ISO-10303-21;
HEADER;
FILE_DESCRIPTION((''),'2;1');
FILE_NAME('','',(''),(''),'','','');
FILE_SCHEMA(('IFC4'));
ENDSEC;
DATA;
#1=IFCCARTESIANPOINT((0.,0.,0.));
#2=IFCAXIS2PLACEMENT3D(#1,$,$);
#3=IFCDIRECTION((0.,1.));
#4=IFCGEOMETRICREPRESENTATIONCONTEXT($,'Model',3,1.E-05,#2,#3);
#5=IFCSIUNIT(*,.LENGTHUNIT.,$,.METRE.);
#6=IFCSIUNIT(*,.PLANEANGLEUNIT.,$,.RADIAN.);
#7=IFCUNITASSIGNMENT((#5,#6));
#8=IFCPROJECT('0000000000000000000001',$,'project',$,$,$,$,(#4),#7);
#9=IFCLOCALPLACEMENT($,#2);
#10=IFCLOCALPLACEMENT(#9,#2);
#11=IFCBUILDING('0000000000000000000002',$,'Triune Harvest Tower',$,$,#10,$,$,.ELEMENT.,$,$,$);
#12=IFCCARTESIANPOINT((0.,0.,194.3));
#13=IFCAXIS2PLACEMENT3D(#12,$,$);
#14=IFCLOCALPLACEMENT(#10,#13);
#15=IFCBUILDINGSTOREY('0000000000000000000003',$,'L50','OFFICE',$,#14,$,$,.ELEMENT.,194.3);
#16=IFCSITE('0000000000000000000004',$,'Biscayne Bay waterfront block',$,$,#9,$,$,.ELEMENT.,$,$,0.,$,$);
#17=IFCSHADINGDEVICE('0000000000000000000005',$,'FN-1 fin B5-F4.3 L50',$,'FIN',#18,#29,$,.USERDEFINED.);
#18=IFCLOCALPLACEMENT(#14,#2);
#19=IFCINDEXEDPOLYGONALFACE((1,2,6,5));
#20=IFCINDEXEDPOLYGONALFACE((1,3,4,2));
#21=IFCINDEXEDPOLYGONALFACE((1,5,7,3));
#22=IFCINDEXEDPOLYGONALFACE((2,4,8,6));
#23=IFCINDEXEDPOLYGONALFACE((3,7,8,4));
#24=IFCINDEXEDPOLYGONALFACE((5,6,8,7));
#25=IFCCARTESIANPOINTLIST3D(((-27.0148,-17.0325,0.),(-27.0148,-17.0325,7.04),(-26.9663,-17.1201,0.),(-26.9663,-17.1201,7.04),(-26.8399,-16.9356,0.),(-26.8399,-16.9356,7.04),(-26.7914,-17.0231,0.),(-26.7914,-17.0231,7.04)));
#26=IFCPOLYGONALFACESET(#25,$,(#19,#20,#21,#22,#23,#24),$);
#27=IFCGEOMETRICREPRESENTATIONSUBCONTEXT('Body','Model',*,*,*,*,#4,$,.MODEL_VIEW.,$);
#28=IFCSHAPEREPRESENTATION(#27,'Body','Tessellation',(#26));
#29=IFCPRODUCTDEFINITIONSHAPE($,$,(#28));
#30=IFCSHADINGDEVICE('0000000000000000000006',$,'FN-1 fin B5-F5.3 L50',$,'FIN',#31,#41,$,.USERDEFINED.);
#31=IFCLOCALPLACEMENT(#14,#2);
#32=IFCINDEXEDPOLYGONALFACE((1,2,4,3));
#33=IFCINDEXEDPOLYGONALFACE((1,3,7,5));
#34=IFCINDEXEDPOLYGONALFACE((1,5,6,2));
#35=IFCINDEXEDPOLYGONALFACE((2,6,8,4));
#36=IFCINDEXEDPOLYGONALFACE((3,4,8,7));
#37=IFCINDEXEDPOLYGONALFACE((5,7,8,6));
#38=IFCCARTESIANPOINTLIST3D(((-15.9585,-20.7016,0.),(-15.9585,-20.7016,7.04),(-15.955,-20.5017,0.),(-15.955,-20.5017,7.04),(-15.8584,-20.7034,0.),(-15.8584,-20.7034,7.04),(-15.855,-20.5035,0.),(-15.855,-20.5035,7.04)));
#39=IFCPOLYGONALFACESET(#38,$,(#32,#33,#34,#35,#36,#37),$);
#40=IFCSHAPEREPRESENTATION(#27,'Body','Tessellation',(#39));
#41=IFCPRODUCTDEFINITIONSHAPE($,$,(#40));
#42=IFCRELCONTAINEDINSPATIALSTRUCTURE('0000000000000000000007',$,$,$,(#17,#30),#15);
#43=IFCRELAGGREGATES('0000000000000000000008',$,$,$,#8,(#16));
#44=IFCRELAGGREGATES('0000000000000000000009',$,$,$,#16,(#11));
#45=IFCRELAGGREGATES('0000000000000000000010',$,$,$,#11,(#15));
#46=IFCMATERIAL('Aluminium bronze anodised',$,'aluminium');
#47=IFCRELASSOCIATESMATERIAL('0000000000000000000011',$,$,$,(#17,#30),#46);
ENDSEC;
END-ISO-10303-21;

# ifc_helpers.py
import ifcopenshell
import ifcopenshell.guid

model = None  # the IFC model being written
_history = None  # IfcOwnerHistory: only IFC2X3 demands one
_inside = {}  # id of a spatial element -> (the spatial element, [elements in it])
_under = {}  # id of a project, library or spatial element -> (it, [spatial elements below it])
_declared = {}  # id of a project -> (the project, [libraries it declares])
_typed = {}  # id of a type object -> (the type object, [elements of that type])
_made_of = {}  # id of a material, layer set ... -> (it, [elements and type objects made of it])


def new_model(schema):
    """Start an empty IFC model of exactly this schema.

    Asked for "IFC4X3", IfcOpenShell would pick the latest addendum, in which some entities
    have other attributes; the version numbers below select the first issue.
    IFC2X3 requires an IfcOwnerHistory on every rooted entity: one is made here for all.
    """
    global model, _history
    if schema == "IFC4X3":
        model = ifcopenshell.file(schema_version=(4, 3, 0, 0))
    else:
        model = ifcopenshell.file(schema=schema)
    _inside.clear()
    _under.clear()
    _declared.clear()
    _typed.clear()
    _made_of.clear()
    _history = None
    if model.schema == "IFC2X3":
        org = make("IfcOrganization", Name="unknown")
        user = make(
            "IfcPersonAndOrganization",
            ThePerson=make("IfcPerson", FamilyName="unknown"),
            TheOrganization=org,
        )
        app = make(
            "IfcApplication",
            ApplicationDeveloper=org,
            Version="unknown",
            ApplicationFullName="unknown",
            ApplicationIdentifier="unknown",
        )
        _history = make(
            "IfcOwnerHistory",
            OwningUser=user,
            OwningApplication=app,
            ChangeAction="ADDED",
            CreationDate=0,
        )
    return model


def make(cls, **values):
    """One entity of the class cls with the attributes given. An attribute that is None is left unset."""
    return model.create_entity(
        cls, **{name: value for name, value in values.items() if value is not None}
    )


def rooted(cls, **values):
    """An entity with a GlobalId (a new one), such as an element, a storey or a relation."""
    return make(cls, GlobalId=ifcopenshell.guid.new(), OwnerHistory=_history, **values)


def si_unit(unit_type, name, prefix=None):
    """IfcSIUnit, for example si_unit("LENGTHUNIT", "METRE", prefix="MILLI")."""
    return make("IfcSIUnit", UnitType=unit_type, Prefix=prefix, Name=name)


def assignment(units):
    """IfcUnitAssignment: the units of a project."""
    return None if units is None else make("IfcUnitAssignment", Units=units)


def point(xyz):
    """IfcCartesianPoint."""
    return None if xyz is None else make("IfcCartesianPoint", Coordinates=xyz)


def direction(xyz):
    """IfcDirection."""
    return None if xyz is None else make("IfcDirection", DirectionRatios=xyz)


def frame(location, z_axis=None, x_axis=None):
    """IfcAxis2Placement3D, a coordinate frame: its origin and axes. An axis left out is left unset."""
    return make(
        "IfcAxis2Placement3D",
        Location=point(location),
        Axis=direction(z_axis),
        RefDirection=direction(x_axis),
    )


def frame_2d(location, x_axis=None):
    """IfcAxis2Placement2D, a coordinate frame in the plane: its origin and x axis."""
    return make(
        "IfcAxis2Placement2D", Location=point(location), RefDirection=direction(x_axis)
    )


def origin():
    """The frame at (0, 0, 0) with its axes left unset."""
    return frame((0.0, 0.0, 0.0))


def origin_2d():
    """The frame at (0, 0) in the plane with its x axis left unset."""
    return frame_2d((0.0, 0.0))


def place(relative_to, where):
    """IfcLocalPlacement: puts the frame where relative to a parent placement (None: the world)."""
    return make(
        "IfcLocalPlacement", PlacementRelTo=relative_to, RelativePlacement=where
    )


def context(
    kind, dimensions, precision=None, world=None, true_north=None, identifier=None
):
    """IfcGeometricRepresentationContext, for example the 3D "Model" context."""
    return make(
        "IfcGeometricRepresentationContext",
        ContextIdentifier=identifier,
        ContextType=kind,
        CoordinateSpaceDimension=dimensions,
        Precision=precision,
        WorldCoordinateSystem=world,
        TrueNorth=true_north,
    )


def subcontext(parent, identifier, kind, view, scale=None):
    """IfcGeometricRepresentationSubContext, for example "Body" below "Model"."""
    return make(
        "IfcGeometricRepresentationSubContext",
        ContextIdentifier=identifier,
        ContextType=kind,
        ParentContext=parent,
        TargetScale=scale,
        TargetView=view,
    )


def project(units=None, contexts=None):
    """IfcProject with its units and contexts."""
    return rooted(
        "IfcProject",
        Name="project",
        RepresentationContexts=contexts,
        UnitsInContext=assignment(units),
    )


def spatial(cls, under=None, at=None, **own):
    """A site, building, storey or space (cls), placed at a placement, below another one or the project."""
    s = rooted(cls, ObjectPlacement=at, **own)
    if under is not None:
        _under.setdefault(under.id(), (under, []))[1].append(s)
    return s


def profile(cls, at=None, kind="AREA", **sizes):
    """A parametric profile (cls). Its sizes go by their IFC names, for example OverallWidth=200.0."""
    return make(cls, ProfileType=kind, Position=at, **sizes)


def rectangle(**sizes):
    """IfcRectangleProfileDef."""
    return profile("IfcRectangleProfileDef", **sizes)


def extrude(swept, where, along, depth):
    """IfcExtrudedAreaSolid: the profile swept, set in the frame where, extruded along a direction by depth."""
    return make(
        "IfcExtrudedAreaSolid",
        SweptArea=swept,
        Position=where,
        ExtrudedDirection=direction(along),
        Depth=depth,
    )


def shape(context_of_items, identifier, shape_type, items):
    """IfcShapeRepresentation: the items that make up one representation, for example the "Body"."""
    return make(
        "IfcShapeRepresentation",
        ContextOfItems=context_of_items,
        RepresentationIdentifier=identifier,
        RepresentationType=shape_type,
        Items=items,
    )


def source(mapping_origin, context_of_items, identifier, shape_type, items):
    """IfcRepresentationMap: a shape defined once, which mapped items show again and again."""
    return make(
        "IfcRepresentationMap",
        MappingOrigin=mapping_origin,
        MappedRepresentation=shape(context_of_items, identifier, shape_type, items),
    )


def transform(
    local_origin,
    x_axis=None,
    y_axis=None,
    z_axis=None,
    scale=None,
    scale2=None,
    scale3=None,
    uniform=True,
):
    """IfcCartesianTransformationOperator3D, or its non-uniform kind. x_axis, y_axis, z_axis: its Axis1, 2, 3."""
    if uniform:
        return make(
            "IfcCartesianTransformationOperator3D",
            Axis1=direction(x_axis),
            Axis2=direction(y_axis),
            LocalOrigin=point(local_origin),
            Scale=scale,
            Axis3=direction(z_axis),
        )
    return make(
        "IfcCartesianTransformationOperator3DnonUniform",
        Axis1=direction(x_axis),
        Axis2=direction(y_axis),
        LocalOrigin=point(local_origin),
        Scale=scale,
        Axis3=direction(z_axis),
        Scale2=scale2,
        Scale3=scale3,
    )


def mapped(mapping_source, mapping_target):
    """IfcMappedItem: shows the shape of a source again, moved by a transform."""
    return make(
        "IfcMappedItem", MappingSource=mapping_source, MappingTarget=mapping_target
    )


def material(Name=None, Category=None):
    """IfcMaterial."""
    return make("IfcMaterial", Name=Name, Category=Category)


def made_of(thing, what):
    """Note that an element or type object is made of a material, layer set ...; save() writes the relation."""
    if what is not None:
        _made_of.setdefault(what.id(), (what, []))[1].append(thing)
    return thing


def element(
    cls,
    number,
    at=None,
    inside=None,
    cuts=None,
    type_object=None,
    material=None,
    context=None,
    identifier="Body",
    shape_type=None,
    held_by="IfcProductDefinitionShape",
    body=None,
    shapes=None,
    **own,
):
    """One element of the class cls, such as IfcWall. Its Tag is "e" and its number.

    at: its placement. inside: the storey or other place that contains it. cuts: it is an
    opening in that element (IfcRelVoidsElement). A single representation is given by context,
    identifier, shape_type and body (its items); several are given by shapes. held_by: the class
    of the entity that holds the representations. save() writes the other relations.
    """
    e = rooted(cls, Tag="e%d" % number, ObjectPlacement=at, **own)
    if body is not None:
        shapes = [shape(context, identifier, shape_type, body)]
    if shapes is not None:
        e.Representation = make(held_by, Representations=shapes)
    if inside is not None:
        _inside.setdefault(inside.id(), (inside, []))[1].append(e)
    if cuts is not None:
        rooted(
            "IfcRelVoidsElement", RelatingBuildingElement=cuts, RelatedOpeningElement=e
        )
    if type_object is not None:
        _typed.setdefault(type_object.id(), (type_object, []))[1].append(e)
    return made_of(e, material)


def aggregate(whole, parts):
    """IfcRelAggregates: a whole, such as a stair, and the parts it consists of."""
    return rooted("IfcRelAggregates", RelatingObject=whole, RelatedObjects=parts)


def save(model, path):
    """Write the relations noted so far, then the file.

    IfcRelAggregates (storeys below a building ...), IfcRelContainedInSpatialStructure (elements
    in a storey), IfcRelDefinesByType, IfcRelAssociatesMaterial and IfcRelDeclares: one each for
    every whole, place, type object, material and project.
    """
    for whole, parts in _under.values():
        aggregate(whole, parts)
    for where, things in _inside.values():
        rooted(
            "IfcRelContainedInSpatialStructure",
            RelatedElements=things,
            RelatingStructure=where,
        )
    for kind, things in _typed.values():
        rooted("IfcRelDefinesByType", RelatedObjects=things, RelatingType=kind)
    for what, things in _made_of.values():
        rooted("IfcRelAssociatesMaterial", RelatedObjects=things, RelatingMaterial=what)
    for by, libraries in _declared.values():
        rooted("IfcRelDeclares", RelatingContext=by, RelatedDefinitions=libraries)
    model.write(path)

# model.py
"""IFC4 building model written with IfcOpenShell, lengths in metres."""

from ifc_helpers import new_model, si_unit, direction, frame, origin, origin_2d, place, context, subcontext, project, spatial, rectangle, extrude, source, transform, mapped, material, element, save


model = new_model("IFC4")

# Units and contexts
model_context = context("Model", 3, precision=1e-05, world=origin(), true_north=direction((0.0, 1.0)))
body_context = subcontext(model_context, "Body", "Model", "MODEL_VIEW")
ifc_project = project(units=[si_unit("LENGTHUNIT", "METRE"), si_unit("PLANEANGLEUNIT", "RADIAN")], contexts=[model_context])

# Site, building, storey
site_placement = place(None, origin())
site = spatial("IfcSite", under=ifc_project, at=site_placement, Name="Biscayne Bay waterfront block", CompositionType="ELEMENT", RefElevation=0.0)
building_placement = place(site_placement, origin())
building = spatial("IfcBuilding", under=site, at=building_placement, Name="Triune Harvest Tower", CompositionType="ELEMENT")
storey_placement = place(building_placement, frame((0.0, 0.0, 194.3)))
storey = spatial("IfcBuildingStorey", under=building, at=storey_placement, Name="L50", Description="OFFICE", CompositionType="ELEMENT", Elevation=194.3)

# Shading devices
ifc_material_1 = material(Name="Aluminium bronze anodised", Category="aluminium")
shared_shape_1 = source(origin(), body_context, "Body", "SweptSolid", [
    extrude(rectangle(XDim=0.1001, YDim=0.2, at=origin_2d()), origin(), (0.0, 0.0, 1.0), 7.04),
])
for number, where, z_axis, x_axis, name in (
    (1, (-26.9031, -17.0278, 0.0), (0.0, 0.0, 1.0), (0.484802, -0.874624, 0.0), "FN-1 fin B5-F4.3 L50"),
    (2, (-15.9067, -20.6025, 0.0), (0.0, 0.0, 1.0), (0.999848, -0.017452, 0.0), "FN-1 fin B5-F5.3 L50"),
):
    element("IfcShadingDevice", number, at=place(storey_placement, frame(where, z_axis=z_axis, x_axis=x_axis)), inside=storey, material=ifc_material_1, Name=name, ObjectType="FIN", PredefinedType="USERDEFINED", context=body_context, shape_type="MappedRepresentation", body=[
        mapped(shared_shape_1, transform((0.0, 0.0, 0.0), scale=1.0)),
    ])

save(model, "model.ifc")
